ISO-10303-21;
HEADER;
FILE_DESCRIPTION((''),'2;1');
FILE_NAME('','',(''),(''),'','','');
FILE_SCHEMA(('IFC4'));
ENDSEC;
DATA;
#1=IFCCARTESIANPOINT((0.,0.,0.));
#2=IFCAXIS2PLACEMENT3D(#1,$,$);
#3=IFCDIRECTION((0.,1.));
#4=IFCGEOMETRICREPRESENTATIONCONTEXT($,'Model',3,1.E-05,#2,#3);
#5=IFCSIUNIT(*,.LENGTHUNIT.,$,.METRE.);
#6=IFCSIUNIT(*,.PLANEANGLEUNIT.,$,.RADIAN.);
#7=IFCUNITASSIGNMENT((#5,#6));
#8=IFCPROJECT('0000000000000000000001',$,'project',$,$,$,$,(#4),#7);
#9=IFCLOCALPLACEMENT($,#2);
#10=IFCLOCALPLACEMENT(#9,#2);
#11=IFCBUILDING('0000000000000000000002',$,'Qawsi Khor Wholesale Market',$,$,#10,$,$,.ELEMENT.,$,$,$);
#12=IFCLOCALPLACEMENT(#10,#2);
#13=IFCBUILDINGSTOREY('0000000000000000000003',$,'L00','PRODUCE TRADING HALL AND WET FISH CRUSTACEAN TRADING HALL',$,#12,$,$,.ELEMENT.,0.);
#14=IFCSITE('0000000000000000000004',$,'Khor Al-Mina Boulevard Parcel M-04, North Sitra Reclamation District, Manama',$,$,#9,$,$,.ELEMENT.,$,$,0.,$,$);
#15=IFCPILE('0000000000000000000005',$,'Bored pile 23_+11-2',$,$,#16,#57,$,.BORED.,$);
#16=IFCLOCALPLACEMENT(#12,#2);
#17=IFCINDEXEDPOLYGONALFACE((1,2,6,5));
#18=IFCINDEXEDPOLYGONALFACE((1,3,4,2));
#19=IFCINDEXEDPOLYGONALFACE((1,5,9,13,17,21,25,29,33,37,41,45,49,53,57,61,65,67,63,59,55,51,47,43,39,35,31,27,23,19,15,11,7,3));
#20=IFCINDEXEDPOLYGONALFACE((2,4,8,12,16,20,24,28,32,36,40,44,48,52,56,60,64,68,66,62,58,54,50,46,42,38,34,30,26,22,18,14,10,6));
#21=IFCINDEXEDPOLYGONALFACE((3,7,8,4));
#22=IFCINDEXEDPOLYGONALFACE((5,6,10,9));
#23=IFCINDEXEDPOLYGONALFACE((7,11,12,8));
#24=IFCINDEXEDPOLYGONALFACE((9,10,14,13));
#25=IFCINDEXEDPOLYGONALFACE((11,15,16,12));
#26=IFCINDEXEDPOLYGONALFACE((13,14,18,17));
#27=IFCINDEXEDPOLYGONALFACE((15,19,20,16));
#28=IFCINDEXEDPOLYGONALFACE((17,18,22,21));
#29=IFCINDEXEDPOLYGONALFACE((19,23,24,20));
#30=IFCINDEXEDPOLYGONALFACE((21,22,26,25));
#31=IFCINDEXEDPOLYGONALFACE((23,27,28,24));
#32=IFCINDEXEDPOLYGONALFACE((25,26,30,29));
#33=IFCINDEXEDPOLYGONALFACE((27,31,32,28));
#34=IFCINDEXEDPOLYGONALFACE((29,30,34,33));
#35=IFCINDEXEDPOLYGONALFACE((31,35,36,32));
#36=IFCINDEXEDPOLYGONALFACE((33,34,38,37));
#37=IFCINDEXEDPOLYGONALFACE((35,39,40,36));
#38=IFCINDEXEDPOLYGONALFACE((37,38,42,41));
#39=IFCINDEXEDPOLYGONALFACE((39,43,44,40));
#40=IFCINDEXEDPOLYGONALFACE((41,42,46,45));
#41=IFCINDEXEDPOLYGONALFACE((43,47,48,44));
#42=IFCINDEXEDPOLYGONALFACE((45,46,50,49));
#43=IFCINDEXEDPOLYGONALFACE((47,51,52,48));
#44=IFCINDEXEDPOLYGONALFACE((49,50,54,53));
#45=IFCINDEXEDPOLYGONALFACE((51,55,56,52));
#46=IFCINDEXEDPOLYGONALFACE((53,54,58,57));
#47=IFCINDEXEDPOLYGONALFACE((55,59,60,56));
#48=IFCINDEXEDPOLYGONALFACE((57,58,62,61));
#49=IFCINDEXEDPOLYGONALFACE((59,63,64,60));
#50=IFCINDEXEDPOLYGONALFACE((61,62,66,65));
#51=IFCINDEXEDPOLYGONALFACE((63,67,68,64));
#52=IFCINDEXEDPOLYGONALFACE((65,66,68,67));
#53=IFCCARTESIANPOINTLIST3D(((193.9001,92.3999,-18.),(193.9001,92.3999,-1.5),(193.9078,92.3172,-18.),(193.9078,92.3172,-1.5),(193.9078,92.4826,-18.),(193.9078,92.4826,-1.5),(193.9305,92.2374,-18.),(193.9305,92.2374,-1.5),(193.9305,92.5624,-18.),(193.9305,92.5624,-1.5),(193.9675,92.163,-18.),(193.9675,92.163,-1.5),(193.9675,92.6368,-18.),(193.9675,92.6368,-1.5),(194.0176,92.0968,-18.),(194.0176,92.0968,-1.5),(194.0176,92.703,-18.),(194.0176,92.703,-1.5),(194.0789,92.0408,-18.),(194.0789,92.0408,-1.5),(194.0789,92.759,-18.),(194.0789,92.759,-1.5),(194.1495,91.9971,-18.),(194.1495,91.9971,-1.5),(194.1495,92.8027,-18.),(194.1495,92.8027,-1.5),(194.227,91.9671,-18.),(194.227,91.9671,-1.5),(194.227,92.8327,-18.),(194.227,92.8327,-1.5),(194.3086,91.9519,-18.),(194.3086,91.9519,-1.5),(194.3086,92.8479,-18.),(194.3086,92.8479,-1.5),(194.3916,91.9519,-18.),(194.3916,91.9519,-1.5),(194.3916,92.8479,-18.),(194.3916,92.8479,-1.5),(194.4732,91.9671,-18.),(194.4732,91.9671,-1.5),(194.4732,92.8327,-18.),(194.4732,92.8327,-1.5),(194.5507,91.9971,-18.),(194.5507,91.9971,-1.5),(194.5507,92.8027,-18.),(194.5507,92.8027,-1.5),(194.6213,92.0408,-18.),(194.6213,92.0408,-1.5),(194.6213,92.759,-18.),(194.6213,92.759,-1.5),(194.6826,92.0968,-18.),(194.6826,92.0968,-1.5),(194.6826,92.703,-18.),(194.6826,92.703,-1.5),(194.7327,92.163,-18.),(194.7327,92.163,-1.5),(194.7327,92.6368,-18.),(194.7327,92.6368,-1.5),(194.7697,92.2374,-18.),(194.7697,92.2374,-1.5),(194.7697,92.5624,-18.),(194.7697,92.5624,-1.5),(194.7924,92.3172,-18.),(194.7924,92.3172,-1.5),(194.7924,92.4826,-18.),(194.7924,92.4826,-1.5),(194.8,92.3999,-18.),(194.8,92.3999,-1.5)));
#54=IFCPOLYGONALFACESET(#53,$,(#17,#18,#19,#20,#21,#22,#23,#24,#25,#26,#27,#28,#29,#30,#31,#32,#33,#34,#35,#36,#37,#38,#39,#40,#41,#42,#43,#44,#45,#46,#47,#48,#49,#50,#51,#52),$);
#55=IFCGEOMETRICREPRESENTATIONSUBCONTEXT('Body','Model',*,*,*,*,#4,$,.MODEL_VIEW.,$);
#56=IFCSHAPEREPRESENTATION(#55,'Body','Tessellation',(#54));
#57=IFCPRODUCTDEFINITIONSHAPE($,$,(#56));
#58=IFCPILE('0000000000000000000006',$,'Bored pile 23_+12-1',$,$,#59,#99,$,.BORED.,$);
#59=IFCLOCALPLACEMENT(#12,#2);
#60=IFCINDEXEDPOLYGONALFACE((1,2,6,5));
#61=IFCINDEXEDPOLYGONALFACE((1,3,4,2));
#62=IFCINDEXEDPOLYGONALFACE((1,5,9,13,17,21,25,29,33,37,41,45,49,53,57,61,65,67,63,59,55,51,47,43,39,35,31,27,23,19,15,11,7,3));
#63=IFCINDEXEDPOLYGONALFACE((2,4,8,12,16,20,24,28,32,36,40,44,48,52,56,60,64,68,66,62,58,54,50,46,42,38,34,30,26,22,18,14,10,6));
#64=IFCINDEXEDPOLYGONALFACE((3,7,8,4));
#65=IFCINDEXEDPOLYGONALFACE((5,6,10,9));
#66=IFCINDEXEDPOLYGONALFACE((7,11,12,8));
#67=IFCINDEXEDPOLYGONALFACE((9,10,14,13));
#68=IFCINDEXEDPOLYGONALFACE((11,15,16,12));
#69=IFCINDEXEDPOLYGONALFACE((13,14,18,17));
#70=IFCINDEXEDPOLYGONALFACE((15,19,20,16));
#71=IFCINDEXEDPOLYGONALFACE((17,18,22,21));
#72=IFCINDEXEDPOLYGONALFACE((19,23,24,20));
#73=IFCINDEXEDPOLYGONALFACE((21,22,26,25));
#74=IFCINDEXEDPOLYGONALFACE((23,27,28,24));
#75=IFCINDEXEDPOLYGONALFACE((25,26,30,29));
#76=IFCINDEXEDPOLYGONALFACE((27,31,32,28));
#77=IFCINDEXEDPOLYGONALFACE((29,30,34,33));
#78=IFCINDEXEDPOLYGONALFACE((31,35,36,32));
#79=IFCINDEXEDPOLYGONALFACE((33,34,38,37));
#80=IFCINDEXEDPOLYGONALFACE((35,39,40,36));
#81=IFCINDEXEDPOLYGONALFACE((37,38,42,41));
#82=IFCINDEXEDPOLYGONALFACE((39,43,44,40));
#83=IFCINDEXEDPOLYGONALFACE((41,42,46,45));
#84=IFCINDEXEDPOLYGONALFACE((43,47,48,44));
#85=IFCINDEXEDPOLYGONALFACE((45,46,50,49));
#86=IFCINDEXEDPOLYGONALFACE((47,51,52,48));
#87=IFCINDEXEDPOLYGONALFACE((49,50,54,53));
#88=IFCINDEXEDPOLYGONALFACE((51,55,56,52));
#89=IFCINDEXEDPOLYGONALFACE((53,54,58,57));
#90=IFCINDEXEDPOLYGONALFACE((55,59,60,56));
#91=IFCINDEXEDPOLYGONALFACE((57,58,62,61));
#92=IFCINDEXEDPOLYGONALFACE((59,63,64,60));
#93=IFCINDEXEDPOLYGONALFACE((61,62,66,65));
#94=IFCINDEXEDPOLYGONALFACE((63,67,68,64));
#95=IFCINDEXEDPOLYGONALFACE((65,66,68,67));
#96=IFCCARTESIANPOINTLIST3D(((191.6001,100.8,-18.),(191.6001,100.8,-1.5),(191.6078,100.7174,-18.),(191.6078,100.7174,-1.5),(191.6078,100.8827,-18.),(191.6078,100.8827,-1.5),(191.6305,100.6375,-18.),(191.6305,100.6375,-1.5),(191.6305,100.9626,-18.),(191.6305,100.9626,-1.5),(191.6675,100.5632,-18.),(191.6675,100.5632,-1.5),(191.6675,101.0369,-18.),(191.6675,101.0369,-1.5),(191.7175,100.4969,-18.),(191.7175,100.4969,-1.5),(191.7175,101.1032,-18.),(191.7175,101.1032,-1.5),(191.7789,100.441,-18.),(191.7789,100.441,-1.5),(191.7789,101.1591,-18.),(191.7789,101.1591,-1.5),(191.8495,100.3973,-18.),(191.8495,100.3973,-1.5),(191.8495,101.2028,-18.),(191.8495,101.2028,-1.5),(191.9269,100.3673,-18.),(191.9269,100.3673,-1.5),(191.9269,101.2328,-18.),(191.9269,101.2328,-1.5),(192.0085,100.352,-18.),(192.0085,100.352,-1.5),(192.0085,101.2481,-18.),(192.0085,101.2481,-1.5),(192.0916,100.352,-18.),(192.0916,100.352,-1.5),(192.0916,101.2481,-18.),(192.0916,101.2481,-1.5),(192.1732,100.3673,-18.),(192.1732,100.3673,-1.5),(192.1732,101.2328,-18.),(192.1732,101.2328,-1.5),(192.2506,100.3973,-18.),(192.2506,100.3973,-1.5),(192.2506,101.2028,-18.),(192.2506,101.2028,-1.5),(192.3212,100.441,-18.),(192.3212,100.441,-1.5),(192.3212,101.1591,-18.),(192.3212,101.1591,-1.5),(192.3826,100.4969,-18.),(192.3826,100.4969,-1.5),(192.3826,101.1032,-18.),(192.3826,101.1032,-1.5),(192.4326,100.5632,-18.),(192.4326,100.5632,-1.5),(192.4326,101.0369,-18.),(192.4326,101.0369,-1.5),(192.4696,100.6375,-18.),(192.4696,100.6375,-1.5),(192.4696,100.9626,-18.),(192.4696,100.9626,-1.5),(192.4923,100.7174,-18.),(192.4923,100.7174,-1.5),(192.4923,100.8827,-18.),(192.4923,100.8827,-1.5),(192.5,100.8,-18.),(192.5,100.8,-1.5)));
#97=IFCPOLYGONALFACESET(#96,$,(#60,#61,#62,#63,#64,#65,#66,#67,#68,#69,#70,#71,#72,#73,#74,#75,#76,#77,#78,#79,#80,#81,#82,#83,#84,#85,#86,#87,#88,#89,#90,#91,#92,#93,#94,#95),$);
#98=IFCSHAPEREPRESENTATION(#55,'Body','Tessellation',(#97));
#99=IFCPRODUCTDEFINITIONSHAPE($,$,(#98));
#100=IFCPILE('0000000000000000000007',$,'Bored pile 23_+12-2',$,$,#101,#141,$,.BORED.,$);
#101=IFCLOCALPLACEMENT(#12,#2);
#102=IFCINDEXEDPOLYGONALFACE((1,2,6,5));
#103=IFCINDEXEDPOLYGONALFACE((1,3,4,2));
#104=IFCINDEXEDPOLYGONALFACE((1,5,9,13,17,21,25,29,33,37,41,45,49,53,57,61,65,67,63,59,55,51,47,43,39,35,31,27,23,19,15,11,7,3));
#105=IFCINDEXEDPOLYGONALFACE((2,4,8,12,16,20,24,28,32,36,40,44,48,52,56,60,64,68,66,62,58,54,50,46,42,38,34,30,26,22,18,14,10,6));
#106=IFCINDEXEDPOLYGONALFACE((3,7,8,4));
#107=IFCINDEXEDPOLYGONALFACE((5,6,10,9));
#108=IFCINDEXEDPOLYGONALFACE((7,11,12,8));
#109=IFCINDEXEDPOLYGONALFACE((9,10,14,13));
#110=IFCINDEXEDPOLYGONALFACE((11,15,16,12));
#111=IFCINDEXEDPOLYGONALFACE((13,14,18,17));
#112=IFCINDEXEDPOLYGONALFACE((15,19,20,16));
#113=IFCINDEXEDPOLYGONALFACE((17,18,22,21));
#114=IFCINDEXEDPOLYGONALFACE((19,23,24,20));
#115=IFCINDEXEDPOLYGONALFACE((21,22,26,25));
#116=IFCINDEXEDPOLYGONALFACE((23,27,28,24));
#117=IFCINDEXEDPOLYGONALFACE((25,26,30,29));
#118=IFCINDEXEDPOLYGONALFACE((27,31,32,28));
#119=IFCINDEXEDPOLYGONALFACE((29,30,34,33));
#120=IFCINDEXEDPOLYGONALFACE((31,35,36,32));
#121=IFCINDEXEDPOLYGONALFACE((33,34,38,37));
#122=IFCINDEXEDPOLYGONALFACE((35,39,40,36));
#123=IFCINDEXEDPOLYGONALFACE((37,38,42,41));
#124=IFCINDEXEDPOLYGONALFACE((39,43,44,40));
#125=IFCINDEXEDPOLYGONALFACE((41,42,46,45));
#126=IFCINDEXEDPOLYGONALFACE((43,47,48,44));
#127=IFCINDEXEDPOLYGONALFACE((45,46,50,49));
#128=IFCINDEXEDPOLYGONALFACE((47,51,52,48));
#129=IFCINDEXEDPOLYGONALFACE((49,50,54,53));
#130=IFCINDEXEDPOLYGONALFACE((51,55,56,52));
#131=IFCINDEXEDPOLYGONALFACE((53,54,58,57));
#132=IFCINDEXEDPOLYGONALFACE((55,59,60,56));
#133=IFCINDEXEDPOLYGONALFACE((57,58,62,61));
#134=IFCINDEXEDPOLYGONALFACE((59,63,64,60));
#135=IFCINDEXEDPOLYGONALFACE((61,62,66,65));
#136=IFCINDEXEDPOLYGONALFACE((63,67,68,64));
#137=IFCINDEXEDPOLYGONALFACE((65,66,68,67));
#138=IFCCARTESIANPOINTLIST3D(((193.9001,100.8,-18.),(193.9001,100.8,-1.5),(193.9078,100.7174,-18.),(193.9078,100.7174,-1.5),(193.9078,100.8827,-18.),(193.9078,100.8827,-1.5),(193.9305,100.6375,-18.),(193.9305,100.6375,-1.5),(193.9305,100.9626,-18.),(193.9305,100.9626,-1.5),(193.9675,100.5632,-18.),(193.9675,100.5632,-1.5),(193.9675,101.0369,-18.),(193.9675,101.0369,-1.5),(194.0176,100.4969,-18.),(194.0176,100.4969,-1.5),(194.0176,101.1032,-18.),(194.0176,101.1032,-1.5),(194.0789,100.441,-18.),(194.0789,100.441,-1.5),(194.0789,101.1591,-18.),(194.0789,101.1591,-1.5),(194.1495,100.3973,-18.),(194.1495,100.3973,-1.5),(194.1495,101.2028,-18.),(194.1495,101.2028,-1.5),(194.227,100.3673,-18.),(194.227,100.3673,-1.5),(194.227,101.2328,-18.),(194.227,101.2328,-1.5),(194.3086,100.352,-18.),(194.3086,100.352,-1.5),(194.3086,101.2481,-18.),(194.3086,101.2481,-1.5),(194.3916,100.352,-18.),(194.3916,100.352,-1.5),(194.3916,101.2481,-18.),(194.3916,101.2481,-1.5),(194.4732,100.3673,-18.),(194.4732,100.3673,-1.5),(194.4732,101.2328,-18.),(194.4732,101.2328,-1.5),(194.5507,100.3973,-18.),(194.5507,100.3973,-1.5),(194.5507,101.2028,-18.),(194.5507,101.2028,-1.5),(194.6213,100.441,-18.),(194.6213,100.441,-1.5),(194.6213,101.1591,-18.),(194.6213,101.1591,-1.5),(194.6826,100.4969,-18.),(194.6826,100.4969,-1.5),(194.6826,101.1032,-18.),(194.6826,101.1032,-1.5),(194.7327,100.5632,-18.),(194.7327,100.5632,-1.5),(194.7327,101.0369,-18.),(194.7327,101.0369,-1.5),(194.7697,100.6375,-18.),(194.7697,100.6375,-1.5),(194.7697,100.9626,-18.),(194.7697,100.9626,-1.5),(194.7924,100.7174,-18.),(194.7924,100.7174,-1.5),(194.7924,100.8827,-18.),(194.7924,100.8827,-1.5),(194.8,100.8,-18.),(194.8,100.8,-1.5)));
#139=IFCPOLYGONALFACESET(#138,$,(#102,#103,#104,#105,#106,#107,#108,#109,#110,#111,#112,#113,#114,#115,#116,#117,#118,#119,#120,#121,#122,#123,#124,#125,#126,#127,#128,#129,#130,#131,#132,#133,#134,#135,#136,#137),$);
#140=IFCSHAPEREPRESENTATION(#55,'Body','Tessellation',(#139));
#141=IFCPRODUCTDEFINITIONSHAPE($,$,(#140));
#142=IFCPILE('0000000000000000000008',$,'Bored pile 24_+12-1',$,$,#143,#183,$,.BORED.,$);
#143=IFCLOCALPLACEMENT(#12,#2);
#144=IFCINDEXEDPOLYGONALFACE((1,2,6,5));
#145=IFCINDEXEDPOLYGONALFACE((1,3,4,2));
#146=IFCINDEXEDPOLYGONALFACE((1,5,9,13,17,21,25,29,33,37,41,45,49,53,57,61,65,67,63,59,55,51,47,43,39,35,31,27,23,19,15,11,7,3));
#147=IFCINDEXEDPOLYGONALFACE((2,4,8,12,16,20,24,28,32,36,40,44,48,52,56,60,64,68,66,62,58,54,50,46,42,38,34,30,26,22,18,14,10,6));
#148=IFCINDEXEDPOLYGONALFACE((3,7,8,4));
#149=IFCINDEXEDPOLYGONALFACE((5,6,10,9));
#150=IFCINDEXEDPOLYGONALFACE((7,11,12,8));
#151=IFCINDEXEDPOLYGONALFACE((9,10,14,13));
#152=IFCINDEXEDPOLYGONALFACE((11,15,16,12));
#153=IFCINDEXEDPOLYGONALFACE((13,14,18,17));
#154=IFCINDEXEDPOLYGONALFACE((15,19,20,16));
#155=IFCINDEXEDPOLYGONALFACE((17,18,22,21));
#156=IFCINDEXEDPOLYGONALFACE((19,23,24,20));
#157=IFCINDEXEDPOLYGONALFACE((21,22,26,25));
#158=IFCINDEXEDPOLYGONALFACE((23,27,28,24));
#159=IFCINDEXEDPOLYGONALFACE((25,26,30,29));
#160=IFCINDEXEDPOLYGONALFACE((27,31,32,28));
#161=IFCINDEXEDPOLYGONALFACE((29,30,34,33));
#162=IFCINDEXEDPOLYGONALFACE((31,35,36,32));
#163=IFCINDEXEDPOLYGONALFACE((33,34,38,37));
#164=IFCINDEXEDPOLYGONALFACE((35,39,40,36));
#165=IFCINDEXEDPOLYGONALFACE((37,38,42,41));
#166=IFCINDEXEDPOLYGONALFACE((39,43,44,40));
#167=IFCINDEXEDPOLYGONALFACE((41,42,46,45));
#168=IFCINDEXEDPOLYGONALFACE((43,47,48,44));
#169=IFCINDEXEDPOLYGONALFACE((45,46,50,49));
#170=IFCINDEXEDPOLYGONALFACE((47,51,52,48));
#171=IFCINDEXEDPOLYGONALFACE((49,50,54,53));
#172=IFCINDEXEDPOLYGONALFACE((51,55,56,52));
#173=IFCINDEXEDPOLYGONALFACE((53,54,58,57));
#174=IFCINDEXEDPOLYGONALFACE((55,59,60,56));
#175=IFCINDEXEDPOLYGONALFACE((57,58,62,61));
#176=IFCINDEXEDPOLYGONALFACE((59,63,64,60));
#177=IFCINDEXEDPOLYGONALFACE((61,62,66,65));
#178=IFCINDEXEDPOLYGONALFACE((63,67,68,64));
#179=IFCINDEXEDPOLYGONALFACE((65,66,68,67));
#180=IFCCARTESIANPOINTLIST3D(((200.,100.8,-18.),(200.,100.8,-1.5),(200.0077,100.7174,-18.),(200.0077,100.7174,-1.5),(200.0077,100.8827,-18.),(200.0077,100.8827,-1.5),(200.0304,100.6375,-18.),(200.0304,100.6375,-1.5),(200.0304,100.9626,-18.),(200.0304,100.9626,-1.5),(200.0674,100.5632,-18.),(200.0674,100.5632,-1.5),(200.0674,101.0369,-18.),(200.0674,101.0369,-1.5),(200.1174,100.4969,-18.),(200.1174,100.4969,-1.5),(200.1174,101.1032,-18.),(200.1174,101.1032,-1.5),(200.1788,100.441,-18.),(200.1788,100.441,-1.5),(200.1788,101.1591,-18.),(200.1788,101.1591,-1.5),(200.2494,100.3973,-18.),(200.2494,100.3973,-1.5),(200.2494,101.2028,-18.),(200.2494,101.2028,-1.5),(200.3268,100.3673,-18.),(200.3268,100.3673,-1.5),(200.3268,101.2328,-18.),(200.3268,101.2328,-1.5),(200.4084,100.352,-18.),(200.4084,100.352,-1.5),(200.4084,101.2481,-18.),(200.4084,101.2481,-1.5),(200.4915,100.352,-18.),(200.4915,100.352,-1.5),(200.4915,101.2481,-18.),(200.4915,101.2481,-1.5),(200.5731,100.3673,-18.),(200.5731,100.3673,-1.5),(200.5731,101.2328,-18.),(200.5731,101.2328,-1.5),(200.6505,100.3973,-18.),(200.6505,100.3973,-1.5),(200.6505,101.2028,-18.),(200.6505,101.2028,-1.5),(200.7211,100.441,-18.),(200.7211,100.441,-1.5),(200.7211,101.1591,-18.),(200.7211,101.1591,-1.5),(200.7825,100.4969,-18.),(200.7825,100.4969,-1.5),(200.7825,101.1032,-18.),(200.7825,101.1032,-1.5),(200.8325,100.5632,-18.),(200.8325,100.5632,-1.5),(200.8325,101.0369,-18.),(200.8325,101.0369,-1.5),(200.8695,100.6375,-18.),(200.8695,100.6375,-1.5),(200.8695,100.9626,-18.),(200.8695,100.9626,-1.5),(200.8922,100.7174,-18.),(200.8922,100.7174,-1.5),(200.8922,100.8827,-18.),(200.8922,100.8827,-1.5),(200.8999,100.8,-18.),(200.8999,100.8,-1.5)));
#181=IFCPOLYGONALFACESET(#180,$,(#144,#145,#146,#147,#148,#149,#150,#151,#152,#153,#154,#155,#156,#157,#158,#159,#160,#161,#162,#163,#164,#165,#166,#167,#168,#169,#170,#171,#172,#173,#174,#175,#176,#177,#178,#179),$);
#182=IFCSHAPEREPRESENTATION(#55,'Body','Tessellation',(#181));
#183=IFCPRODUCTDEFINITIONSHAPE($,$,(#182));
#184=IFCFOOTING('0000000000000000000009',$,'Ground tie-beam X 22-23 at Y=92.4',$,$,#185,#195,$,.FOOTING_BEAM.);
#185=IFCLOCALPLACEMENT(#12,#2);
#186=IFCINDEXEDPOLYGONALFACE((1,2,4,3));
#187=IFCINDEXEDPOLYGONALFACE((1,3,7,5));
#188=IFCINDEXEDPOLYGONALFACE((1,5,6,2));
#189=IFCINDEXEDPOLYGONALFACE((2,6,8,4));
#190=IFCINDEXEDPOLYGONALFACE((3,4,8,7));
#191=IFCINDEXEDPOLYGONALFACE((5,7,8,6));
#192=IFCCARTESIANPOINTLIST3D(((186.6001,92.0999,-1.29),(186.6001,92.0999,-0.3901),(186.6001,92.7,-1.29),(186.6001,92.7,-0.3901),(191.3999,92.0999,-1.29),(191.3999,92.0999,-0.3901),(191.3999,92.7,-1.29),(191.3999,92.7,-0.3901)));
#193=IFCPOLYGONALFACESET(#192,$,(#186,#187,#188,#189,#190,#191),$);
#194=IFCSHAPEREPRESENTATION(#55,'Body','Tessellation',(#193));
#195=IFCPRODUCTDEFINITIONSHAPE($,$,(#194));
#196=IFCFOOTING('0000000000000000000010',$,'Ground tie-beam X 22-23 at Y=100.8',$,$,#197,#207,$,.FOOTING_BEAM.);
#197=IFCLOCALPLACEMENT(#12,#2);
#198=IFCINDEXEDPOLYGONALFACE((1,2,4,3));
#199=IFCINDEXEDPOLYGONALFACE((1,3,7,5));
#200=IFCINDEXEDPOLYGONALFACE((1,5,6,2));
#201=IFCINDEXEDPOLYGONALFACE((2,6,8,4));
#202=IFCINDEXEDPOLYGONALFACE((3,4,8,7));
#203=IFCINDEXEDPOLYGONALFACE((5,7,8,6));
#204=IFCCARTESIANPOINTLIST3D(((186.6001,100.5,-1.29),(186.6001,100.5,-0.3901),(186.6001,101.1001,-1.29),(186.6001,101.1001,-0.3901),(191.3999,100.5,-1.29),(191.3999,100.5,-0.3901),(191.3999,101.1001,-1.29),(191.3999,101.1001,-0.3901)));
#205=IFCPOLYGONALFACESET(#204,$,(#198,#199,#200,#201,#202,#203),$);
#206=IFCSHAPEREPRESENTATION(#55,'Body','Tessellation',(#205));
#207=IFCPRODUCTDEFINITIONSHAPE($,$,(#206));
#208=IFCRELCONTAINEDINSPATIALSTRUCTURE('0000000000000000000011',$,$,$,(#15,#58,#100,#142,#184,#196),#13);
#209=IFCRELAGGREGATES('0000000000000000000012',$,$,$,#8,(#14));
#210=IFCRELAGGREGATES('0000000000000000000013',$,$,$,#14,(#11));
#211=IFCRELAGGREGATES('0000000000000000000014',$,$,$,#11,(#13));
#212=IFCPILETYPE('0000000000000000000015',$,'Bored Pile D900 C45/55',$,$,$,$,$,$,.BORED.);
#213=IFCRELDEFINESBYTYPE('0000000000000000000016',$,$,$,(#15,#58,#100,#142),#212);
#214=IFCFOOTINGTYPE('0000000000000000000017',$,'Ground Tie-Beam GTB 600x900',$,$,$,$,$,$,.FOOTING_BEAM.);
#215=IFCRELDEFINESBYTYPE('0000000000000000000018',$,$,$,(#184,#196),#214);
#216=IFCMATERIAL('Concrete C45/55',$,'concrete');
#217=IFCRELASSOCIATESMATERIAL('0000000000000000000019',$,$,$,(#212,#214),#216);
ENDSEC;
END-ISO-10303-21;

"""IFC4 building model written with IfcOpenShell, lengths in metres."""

from ifc_helpers import new_model, si_unit, direction, frame, origin, origin_2d, place, context, subcontext, project, spatial, rectangle, circle, extrude, material, material_profile, profile_set, type_object, element, save


model = new_model("IFC4")

# Units and contexts
model_context = context("Model", 3, precision=1e-05, world=origin(), true_north=direction((0.0, 1.0)))
body_context = subcontext(model_context, "Body", "Model", "MODEL_VIEW")
ifc_project = project(units=[si_unit("LENGTHUNIT", "METRE"), si_unit("PLANEANGLEUNIT", "RADIAN")], contexts=[model_context])

# Site, building, storey
site_placement = place(None, origin())
site = spatial("IfcSite", under=ifc_project, at=site_placement, Name="Khor Al-Mina Boulevard Parcel M-04, North Sitra Reclamation District, Manama", CompositionType="ELEMENT", RefElevation=0.0)
building_placement = place(site_placement, origin())
building = spatial("IfcBuilding", under=site, at=building_placement, Name="Qawsi Khor Wholesale Market", CompositionType="ELEMENT")
storey_placement = place(building_placement, origin())
storey = spatial("IfcBuildingStorey", under=building, at=storey_placement, Name="L00", Description="PRODUCE TRADING HALL AND WET FISH CRUSTACEAN TRADING HALL", CompositionType="ELEMENT", Elevation=0.0)

# Piles
ifc_material_1 = material(Name="Concrete C45/55", Category="concrete")
ifc_material_profile_1 = material_profile(ifc_material_1, circle(Radius=0.45, at=origin_2d()), Name="PILE D900")
ifc_profile_set_1 = profile_set([ifc_material_profile_1], Name="Concrete C45/55")
pile_type_1 = type_object("IfcPileType", Name="Bored Pile D900 C45/55", PredefinedType="BORED", material=ifc_profile_set_1)
for number, where, z_axis, x_axis, name in (
    (1, (194.3501, 92.3999, -1.5), (0.0, 0.0, -1.0), (1.0, 0.0, 0.0), "Bored pile 23_+11-2"),
    (2, (192.05, 100.8, -1.5), (0.0, 0.0, -1.0), (1.0, 0.0, 0.0), "Bored pile 23_+12-1"),
    (3, (194.3501, 100.8, -1.5), (0.0, 0.0, -1.0), (1.0, 0.0, 0.0), "Bored pile 23_+12-2"),
    (4, (200.45, 100.8, -1.5), (0.0, 0.0, -1.0), (1.0, 0.0, 0.0), "Bored pile 24_+12-1"),
):
    element("IfcPile", number, at=place(storey_placement, frame(where, z_axis=z_axis, x_axis=x_axis)), inside=storey, type_object=pile_type_1, Name=name, PredefinedType="BORED", context=body_context, shape_type="SweptSolid", body=[
        extrude(circle(Radius=0.45, at=origin_2d()), origin(), (0.0, 0.0, 1.0), 16.5),
    ])

# Footings
ifc_material_profile_2 = material_profile(ifc_material_1, rectangle(XDim=0.6001, YDim=0.8999, at=origin_2d()), Name="RC 600x900")
ifc_profile_set_2 = profile_set([ifc_material_profile_2], Name="Concrete C45/55")
footing_type_1 = type_object("IfcFootingType", Name="Ground Tie-Beam GTB 600x900", PredefinedType="FOOTING_BEAM", material=ifc_profile_set_2)
for number, where, z_axis, x_axis, name in (
    (5, (186.6001, 92.3999, -0.8401), (1.0, 0.0, 0.0), (0.0, 1.0, 0.0), "Ground tie-beam X 22-23 at Y=92.4"),
    (6, (186.6001, 100.8, -0.8401), (1.0, 0.0, 0.0), (0.0, 1.0, 0.0), "Ground tie-beam X 22-23 at Y=100.8"),
):
    element("IfcFooting", number, at=place(storey_placement, frame(where, z_axis=z_axis, x_axis=x_axis)), inside=storey, type_object=footing_type_1, Name=name, PredefinedType="FOOTING_BEAM", context=body_context, shape_type="SweptSolid", body=[
        extrude(rectangle(XDim=0.6001, YDim=0.8999, at=origin_2d()), origin(), (0.0, 0.0, 1.0), 4.7998),
    ])

save(model, "model.ifc")
